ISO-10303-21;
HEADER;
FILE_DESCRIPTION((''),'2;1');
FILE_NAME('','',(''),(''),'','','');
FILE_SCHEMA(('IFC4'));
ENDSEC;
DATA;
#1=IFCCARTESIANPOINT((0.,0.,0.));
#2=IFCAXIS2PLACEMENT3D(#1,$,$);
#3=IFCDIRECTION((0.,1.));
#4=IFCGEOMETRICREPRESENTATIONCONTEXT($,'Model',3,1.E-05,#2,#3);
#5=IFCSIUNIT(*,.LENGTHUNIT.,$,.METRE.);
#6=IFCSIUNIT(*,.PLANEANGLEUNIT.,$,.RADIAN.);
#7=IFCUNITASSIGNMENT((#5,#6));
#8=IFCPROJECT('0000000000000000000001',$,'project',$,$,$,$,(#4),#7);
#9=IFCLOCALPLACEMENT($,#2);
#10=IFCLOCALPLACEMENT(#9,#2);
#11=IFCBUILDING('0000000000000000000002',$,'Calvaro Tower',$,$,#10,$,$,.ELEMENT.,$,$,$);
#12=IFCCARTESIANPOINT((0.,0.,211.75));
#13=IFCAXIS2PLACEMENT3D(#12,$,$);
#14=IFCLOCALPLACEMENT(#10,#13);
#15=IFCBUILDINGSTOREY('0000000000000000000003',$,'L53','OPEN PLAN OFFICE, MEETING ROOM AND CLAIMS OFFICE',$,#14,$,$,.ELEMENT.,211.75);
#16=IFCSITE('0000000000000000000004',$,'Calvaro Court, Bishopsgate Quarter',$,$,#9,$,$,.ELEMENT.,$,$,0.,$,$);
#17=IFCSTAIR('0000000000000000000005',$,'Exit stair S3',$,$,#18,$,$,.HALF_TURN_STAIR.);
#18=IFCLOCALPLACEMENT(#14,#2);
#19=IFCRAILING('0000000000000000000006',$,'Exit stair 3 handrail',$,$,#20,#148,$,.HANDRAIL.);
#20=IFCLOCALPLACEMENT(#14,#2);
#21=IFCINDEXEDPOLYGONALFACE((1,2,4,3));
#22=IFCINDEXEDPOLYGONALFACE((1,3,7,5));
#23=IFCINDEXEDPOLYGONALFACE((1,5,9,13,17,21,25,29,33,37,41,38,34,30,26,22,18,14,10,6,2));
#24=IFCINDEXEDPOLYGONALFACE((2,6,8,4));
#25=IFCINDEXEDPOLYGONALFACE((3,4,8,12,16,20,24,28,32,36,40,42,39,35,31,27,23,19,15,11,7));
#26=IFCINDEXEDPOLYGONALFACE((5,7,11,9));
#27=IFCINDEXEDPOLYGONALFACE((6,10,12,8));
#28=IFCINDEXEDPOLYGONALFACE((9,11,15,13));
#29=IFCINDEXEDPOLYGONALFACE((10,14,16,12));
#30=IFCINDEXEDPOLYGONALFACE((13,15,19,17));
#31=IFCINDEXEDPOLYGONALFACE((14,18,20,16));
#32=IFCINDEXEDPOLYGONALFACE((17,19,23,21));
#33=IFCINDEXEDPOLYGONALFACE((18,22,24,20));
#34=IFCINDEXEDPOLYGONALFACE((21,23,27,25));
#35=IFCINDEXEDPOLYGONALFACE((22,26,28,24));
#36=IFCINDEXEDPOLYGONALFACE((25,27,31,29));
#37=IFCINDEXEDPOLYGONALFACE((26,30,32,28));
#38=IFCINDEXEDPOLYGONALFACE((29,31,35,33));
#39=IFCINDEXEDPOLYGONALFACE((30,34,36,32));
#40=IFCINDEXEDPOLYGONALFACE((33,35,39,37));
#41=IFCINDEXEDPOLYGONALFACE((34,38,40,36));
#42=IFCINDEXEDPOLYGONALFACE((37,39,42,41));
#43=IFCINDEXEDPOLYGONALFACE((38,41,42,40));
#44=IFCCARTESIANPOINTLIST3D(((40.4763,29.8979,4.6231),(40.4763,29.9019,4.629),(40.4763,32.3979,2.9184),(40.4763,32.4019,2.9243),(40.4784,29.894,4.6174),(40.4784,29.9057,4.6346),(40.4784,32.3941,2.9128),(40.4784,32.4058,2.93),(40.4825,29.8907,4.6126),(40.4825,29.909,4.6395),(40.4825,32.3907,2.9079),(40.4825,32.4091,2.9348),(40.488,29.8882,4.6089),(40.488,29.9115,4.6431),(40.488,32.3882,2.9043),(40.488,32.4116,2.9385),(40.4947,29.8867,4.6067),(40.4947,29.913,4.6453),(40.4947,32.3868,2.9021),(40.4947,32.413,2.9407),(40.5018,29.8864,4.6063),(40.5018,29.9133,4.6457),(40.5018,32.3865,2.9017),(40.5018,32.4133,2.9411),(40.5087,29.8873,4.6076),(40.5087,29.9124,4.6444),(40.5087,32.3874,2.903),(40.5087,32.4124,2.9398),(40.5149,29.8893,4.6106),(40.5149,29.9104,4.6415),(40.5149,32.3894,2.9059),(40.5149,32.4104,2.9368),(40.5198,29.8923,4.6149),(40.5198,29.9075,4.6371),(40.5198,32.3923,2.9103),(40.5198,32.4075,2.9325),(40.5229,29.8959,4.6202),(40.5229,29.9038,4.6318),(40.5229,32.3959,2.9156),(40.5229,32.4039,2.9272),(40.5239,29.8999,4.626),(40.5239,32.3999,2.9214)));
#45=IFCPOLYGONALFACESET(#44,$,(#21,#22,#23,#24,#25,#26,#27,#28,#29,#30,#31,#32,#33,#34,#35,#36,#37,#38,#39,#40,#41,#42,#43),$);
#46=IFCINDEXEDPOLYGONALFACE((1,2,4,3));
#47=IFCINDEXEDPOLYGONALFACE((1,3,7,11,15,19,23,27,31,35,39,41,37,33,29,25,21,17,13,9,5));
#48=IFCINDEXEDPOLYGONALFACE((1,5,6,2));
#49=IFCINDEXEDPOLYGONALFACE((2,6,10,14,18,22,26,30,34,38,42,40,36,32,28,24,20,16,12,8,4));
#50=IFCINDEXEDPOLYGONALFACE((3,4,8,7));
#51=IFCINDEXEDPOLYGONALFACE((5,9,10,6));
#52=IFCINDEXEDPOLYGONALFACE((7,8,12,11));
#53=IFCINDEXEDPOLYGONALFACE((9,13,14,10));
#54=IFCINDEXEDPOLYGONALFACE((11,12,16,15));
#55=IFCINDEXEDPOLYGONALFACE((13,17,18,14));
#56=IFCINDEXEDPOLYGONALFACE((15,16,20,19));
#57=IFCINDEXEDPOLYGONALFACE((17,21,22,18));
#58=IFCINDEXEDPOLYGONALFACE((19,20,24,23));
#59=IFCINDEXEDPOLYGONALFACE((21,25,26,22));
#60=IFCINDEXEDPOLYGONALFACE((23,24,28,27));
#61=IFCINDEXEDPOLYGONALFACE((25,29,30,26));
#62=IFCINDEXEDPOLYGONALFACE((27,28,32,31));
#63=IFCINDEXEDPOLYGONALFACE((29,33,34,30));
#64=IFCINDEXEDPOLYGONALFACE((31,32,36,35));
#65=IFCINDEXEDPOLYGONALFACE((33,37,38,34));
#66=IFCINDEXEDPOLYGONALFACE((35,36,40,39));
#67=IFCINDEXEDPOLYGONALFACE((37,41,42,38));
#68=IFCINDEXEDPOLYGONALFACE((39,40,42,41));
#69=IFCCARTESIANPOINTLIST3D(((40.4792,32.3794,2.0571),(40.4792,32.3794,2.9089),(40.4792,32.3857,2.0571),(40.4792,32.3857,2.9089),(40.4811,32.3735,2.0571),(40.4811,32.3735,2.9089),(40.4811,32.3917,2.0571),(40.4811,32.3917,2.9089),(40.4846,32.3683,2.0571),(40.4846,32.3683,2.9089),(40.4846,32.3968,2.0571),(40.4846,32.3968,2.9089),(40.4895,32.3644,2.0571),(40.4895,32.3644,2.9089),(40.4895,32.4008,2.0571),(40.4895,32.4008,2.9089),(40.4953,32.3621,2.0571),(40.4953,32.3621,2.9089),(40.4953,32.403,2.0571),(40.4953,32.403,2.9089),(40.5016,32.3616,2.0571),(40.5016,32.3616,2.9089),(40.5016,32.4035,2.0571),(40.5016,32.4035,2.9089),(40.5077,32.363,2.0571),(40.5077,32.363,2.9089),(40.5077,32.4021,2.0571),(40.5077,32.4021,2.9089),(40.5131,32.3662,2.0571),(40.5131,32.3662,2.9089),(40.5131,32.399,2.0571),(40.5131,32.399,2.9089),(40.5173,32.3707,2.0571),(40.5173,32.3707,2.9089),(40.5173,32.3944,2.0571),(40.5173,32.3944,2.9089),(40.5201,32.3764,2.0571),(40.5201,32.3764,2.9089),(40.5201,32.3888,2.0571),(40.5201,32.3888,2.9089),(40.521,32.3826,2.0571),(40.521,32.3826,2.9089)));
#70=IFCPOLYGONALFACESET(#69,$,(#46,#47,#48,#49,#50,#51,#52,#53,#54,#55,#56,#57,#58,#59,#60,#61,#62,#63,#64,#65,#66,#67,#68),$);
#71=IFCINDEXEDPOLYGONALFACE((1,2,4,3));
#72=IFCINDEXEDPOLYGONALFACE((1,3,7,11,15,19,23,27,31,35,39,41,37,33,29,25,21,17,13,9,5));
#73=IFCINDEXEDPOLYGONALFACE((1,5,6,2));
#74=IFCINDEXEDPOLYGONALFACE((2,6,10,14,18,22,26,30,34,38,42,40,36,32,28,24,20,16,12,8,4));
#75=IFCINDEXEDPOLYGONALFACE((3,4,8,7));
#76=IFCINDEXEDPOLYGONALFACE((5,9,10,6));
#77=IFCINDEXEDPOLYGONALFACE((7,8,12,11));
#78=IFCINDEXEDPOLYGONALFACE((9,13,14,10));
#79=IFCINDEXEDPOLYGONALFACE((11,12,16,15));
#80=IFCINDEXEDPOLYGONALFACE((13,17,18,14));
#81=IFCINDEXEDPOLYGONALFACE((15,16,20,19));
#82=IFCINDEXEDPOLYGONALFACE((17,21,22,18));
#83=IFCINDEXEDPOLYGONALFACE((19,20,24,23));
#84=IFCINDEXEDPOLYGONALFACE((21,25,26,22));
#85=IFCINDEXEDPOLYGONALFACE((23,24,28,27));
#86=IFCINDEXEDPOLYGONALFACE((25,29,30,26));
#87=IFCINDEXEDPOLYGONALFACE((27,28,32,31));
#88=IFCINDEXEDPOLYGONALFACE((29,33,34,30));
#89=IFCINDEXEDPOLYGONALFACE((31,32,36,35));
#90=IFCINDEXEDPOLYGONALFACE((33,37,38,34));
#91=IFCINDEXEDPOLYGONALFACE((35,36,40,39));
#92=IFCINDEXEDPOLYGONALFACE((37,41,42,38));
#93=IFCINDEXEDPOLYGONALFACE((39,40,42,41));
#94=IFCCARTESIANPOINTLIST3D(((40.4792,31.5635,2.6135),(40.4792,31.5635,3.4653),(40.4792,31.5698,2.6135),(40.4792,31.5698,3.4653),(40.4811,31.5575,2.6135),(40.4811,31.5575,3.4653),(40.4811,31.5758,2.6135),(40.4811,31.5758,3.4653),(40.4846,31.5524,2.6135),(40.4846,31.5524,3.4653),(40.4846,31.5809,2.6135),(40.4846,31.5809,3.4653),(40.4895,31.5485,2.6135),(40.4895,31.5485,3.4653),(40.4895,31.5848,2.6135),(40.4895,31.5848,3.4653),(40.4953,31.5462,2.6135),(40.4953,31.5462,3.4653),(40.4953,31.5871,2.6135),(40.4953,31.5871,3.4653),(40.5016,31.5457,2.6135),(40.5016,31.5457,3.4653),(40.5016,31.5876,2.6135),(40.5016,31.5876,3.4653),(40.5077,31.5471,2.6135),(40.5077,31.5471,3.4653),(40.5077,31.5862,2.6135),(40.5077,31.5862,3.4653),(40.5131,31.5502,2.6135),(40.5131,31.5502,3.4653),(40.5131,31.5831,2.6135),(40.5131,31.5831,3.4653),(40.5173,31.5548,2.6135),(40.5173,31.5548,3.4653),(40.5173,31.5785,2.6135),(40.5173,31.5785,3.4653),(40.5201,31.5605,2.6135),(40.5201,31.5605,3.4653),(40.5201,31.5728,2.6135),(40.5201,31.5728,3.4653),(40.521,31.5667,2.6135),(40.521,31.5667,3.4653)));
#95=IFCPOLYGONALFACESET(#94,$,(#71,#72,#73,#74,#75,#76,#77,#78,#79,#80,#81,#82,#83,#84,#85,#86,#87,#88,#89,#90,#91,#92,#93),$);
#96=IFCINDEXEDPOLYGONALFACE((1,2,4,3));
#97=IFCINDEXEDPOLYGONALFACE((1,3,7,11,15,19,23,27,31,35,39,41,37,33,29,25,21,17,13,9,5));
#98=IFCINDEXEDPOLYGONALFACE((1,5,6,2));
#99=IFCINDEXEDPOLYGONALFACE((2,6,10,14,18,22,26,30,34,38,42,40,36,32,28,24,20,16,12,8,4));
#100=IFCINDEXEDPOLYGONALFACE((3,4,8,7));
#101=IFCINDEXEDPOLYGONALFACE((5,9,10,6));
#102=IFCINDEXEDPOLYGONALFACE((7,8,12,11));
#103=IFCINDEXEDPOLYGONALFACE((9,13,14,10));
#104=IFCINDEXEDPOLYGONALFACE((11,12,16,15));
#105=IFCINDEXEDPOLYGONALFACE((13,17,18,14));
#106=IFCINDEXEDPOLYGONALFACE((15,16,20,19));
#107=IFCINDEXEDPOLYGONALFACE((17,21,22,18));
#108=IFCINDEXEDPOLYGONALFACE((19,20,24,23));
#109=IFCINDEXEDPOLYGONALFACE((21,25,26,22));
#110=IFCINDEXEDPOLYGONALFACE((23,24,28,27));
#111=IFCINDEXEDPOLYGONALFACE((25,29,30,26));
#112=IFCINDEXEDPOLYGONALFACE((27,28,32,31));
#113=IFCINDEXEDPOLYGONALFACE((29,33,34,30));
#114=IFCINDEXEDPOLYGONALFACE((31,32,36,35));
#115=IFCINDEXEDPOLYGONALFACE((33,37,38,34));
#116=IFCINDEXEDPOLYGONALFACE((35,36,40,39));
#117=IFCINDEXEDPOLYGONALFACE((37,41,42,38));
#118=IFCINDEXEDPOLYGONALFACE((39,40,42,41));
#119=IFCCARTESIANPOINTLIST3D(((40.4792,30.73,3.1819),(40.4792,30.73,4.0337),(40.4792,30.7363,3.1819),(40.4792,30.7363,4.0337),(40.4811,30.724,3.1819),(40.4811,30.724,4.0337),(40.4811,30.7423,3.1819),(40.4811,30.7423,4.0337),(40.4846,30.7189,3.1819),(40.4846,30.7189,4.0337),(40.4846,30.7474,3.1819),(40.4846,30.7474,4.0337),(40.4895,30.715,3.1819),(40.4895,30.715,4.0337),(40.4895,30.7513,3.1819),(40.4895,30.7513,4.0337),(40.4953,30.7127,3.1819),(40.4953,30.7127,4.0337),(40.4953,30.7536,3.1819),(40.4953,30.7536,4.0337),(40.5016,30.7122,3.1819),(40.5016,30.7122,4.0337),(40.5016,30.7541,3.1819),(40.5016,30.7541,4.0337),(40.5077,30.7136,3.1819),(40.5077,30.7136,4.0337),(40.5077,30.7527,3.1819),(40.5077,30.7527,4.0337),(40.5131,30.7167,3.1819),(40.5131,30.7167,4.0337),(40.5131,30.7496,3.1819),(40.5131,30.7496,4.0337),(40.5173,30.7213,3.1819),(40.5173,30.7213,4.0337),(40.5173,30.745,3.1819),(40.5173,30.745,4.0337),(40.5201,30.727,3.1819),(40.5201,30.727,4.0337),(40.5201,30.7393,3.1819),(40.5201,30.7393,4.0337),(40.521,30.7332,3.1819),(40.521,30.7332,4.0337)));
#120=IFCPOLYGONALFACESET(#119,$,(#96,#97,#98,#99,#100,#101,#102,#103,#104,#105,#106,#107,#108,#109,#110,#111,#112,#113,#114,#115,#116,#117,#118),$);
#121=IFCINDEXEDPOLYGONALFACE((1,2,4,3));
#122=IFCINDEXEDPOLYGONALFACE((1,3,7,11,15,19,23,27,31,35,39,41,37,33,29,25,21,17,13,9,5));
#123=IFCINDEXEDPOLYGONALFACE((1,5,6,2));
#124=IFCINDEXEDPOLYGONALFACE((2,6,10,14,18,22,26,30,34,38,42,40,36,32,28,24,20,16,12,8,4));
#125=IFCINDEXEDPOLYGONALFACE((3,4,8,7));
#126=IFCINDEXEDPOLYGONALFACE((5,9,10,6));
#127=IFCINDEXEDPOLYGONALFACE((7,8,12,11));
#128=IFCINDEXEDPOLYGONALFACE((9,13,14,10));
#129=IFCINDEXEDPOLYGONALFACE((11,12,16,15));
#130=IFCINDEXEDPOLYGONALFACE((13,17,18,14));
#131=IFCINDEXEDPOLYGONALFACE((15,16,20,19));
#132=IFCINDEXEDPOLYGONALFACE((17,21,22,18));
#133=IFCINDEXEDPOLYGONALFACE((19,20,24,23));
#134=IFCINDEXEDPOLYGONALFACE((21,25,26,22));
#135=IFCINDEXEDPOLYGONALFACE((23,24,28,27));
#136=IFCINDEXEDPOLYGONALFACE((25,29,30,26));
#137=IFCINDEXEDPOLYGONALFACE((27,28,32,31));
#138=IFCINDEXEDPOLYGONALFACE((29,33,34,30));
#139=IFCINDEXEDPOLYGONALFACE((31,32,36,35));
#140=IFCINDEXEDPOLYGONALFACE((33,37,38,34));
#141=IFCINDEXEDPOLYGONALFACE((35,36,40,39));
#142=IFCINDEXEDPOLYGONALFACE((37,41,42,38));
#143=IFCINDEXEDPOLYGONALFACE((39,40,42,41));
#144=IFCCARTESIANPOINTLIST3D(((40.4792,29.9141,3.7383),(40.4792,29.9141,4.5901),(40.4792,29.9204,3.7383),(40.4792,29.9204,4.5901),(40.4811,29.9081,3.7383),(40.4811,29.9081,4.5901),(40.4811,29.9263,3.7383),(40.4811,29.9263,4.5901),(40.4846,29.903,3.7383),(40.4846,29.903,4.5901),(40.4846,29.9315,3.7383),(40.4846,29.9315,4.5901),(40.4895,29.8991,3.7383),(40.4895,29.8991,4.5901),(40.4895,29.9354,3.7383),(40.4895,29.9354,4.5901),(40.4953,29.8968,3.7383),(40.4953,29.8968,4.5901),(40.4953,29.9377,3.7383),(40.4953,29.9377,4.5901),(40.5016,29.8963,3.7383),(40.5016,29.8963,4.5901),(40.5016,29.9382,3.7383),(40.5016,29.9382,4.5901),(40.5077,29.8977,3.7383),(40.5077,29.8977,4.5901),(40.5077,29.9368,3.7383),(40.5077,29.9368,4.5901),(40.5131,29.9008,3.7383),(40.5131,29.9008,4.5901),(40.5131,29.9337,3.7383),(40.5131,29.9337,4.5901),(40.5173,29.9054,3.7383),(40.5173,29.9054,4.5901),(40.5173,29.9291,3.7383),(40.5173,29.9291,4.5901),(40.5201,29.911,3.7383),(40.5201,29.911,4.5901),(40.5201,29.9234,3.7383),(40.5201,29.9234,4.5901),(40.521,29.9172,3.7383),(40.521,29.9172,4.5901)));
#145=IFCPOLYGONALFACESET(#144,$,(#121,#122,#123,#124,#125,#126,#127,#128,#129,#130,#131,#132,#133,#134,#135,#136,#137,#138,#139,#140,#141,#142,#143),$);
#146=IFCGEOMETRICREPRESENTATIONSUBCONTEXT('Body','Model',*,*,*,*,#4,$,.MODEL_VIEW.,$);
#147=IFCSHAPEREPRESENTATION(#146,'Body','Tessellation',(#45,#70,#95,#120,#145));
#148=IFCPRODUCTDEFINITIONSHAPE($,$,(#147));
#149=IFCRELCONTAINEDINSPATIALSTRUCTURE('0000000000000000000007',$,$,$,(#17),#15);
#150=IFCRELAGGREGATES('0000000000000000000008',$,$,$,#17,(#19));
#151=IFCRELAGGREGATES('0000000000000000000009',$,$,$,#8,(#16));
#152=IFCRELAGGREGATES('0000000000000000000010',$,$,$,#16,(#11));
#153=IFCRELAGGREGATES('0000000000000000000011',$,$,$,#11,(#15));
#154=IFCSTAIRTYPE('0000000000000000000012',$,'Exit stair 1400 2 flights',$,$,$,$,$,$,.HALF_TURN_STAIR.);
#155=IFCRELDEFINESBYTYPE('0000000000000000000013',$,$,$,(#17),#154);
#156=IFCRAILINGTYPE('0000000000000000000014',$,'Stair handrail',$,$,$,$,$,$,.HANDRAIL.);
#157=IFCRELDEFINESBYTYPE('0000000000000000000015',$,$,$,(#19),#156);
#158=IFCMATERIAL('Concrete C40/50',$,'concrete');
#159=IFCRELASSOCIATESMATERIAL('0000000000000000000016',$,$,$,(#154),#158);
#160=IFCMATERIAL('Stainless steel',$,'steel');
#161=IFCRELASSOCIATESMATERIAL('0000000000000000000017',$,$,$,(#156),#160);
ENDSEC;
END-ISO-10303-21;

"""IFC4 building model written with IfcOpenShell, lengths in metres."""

from ifc_helpers import new_model, si_unit, direction, frame, origin, origin_2d, place, context, subcontext, project, spatial, circle, extrude, material, type_object, element, aggregate, save


model = new_model("IFC4")

# Units and contexts
model_context = context("Model", 3, precision=1e-05, world=origin(), true_north=direction((0.0, 1.0)))
body_context = subcontext(model_context, "Body", "Model", "MODEL_VIEW")
ifc_project = project(units=[si_unit("LENGTHUNIT", "METRE"), si_unit("PLANEANGLEUNIT", "RADIAN")], contexts=[model_context])

# Site, building, storey
site_placement = place(None, origin())
site = spatial("IfcSite", under=ifc_project, at=site_placement, Name="Calvaro Court, Bishopsgate Quarter", CompositionType="ELEMENT", RefElevation=0.0)
building_placement = place(site_placement, origin())
building = spatial("IfcBuilding", under=site, at=building_placement, Name="Calvaro Tower", CompositionType="ELEMENT")
storey_placement = place(building_placement, frame((0.0, 0.0, 211.75)))
storey = spatial("IfcBuildingStorey", under=building, at=storey_placement, Name="L53", Description="OPEN PLAN OFFICE, MEETING ROOM AND CLAIMS OFFICE", CompositionType="ELEMENT", Elevation=211.75)

# Stair
ifc_material_1 = material(Name="Concrete C40/50", Category="concrete")
stair_type = type_object("IfcStairType", Name="Exit stair 1400 2 flights", PredefinedType="HALF_TURN_STAIR", material=ifc_material_1)
stair_1_placement = place(storey_placement, origin())
stair_1 = element("IfcStair", 1, at=stair_1_placement, inside=storey, type_object=stair_type, Name="Exit stair S3", PredefinedType="HALF_TURN_STAIR")

# Railing
ifc_material_2 = material(Name="Stainless steel", Category="steel")
railing_type = type_object("IfcRailingType", Name="Stair handrail", PredefinedType="HANDRAIL", material=ifc_material_2)
railing_1_placement = place(storey_placement, frame((40.5, 32.3999, 2.0454)))
railing_1 = element("IfcRailing", 2, at=railing_1_placement, type_object=railing_type, Name="Exit stair 3 handrail", PredefinedType="HANDRAIL", context=body_context, shape_type="SweptSolid", body=[
    extrude(circle(Radius=0.0239, at=origin_2d()), frame((0.0, 0.0, 0.876), z_axis=(0.0, -0.826221, 0.563347), x_axis=(1.0, 0.0, 0.0)), (0.0, 0.0, 1.0), 3.0259),
    extrude(circle(Radius=0.021, at=origin_2d()), frame((0.0, -0.0173, 0.0117)), (0.0, 0.0, 1.0), 0.8518),
    extrude(circle(Radius=0.021, at=origin_2d()), frame((0.0, -0.8333, 0.5681)), (0.0, 0.0, 1.0), 0.8518),
    extrude(circle(Radius=0.021, at=origin_2d()), frame((0.0, -1.6667, 1.1365)), (0.0, 0.0, 1.0), 0.8518),
    extrude(circle(Radius=0.021, at=origin_2d()), frame((0.0, -2.4827, 1.6929)), (0.0, 0.0, 1.0), 0.8518),
])
aggregate(stair_1, [railing_1])

save(model, "model.ifc")
